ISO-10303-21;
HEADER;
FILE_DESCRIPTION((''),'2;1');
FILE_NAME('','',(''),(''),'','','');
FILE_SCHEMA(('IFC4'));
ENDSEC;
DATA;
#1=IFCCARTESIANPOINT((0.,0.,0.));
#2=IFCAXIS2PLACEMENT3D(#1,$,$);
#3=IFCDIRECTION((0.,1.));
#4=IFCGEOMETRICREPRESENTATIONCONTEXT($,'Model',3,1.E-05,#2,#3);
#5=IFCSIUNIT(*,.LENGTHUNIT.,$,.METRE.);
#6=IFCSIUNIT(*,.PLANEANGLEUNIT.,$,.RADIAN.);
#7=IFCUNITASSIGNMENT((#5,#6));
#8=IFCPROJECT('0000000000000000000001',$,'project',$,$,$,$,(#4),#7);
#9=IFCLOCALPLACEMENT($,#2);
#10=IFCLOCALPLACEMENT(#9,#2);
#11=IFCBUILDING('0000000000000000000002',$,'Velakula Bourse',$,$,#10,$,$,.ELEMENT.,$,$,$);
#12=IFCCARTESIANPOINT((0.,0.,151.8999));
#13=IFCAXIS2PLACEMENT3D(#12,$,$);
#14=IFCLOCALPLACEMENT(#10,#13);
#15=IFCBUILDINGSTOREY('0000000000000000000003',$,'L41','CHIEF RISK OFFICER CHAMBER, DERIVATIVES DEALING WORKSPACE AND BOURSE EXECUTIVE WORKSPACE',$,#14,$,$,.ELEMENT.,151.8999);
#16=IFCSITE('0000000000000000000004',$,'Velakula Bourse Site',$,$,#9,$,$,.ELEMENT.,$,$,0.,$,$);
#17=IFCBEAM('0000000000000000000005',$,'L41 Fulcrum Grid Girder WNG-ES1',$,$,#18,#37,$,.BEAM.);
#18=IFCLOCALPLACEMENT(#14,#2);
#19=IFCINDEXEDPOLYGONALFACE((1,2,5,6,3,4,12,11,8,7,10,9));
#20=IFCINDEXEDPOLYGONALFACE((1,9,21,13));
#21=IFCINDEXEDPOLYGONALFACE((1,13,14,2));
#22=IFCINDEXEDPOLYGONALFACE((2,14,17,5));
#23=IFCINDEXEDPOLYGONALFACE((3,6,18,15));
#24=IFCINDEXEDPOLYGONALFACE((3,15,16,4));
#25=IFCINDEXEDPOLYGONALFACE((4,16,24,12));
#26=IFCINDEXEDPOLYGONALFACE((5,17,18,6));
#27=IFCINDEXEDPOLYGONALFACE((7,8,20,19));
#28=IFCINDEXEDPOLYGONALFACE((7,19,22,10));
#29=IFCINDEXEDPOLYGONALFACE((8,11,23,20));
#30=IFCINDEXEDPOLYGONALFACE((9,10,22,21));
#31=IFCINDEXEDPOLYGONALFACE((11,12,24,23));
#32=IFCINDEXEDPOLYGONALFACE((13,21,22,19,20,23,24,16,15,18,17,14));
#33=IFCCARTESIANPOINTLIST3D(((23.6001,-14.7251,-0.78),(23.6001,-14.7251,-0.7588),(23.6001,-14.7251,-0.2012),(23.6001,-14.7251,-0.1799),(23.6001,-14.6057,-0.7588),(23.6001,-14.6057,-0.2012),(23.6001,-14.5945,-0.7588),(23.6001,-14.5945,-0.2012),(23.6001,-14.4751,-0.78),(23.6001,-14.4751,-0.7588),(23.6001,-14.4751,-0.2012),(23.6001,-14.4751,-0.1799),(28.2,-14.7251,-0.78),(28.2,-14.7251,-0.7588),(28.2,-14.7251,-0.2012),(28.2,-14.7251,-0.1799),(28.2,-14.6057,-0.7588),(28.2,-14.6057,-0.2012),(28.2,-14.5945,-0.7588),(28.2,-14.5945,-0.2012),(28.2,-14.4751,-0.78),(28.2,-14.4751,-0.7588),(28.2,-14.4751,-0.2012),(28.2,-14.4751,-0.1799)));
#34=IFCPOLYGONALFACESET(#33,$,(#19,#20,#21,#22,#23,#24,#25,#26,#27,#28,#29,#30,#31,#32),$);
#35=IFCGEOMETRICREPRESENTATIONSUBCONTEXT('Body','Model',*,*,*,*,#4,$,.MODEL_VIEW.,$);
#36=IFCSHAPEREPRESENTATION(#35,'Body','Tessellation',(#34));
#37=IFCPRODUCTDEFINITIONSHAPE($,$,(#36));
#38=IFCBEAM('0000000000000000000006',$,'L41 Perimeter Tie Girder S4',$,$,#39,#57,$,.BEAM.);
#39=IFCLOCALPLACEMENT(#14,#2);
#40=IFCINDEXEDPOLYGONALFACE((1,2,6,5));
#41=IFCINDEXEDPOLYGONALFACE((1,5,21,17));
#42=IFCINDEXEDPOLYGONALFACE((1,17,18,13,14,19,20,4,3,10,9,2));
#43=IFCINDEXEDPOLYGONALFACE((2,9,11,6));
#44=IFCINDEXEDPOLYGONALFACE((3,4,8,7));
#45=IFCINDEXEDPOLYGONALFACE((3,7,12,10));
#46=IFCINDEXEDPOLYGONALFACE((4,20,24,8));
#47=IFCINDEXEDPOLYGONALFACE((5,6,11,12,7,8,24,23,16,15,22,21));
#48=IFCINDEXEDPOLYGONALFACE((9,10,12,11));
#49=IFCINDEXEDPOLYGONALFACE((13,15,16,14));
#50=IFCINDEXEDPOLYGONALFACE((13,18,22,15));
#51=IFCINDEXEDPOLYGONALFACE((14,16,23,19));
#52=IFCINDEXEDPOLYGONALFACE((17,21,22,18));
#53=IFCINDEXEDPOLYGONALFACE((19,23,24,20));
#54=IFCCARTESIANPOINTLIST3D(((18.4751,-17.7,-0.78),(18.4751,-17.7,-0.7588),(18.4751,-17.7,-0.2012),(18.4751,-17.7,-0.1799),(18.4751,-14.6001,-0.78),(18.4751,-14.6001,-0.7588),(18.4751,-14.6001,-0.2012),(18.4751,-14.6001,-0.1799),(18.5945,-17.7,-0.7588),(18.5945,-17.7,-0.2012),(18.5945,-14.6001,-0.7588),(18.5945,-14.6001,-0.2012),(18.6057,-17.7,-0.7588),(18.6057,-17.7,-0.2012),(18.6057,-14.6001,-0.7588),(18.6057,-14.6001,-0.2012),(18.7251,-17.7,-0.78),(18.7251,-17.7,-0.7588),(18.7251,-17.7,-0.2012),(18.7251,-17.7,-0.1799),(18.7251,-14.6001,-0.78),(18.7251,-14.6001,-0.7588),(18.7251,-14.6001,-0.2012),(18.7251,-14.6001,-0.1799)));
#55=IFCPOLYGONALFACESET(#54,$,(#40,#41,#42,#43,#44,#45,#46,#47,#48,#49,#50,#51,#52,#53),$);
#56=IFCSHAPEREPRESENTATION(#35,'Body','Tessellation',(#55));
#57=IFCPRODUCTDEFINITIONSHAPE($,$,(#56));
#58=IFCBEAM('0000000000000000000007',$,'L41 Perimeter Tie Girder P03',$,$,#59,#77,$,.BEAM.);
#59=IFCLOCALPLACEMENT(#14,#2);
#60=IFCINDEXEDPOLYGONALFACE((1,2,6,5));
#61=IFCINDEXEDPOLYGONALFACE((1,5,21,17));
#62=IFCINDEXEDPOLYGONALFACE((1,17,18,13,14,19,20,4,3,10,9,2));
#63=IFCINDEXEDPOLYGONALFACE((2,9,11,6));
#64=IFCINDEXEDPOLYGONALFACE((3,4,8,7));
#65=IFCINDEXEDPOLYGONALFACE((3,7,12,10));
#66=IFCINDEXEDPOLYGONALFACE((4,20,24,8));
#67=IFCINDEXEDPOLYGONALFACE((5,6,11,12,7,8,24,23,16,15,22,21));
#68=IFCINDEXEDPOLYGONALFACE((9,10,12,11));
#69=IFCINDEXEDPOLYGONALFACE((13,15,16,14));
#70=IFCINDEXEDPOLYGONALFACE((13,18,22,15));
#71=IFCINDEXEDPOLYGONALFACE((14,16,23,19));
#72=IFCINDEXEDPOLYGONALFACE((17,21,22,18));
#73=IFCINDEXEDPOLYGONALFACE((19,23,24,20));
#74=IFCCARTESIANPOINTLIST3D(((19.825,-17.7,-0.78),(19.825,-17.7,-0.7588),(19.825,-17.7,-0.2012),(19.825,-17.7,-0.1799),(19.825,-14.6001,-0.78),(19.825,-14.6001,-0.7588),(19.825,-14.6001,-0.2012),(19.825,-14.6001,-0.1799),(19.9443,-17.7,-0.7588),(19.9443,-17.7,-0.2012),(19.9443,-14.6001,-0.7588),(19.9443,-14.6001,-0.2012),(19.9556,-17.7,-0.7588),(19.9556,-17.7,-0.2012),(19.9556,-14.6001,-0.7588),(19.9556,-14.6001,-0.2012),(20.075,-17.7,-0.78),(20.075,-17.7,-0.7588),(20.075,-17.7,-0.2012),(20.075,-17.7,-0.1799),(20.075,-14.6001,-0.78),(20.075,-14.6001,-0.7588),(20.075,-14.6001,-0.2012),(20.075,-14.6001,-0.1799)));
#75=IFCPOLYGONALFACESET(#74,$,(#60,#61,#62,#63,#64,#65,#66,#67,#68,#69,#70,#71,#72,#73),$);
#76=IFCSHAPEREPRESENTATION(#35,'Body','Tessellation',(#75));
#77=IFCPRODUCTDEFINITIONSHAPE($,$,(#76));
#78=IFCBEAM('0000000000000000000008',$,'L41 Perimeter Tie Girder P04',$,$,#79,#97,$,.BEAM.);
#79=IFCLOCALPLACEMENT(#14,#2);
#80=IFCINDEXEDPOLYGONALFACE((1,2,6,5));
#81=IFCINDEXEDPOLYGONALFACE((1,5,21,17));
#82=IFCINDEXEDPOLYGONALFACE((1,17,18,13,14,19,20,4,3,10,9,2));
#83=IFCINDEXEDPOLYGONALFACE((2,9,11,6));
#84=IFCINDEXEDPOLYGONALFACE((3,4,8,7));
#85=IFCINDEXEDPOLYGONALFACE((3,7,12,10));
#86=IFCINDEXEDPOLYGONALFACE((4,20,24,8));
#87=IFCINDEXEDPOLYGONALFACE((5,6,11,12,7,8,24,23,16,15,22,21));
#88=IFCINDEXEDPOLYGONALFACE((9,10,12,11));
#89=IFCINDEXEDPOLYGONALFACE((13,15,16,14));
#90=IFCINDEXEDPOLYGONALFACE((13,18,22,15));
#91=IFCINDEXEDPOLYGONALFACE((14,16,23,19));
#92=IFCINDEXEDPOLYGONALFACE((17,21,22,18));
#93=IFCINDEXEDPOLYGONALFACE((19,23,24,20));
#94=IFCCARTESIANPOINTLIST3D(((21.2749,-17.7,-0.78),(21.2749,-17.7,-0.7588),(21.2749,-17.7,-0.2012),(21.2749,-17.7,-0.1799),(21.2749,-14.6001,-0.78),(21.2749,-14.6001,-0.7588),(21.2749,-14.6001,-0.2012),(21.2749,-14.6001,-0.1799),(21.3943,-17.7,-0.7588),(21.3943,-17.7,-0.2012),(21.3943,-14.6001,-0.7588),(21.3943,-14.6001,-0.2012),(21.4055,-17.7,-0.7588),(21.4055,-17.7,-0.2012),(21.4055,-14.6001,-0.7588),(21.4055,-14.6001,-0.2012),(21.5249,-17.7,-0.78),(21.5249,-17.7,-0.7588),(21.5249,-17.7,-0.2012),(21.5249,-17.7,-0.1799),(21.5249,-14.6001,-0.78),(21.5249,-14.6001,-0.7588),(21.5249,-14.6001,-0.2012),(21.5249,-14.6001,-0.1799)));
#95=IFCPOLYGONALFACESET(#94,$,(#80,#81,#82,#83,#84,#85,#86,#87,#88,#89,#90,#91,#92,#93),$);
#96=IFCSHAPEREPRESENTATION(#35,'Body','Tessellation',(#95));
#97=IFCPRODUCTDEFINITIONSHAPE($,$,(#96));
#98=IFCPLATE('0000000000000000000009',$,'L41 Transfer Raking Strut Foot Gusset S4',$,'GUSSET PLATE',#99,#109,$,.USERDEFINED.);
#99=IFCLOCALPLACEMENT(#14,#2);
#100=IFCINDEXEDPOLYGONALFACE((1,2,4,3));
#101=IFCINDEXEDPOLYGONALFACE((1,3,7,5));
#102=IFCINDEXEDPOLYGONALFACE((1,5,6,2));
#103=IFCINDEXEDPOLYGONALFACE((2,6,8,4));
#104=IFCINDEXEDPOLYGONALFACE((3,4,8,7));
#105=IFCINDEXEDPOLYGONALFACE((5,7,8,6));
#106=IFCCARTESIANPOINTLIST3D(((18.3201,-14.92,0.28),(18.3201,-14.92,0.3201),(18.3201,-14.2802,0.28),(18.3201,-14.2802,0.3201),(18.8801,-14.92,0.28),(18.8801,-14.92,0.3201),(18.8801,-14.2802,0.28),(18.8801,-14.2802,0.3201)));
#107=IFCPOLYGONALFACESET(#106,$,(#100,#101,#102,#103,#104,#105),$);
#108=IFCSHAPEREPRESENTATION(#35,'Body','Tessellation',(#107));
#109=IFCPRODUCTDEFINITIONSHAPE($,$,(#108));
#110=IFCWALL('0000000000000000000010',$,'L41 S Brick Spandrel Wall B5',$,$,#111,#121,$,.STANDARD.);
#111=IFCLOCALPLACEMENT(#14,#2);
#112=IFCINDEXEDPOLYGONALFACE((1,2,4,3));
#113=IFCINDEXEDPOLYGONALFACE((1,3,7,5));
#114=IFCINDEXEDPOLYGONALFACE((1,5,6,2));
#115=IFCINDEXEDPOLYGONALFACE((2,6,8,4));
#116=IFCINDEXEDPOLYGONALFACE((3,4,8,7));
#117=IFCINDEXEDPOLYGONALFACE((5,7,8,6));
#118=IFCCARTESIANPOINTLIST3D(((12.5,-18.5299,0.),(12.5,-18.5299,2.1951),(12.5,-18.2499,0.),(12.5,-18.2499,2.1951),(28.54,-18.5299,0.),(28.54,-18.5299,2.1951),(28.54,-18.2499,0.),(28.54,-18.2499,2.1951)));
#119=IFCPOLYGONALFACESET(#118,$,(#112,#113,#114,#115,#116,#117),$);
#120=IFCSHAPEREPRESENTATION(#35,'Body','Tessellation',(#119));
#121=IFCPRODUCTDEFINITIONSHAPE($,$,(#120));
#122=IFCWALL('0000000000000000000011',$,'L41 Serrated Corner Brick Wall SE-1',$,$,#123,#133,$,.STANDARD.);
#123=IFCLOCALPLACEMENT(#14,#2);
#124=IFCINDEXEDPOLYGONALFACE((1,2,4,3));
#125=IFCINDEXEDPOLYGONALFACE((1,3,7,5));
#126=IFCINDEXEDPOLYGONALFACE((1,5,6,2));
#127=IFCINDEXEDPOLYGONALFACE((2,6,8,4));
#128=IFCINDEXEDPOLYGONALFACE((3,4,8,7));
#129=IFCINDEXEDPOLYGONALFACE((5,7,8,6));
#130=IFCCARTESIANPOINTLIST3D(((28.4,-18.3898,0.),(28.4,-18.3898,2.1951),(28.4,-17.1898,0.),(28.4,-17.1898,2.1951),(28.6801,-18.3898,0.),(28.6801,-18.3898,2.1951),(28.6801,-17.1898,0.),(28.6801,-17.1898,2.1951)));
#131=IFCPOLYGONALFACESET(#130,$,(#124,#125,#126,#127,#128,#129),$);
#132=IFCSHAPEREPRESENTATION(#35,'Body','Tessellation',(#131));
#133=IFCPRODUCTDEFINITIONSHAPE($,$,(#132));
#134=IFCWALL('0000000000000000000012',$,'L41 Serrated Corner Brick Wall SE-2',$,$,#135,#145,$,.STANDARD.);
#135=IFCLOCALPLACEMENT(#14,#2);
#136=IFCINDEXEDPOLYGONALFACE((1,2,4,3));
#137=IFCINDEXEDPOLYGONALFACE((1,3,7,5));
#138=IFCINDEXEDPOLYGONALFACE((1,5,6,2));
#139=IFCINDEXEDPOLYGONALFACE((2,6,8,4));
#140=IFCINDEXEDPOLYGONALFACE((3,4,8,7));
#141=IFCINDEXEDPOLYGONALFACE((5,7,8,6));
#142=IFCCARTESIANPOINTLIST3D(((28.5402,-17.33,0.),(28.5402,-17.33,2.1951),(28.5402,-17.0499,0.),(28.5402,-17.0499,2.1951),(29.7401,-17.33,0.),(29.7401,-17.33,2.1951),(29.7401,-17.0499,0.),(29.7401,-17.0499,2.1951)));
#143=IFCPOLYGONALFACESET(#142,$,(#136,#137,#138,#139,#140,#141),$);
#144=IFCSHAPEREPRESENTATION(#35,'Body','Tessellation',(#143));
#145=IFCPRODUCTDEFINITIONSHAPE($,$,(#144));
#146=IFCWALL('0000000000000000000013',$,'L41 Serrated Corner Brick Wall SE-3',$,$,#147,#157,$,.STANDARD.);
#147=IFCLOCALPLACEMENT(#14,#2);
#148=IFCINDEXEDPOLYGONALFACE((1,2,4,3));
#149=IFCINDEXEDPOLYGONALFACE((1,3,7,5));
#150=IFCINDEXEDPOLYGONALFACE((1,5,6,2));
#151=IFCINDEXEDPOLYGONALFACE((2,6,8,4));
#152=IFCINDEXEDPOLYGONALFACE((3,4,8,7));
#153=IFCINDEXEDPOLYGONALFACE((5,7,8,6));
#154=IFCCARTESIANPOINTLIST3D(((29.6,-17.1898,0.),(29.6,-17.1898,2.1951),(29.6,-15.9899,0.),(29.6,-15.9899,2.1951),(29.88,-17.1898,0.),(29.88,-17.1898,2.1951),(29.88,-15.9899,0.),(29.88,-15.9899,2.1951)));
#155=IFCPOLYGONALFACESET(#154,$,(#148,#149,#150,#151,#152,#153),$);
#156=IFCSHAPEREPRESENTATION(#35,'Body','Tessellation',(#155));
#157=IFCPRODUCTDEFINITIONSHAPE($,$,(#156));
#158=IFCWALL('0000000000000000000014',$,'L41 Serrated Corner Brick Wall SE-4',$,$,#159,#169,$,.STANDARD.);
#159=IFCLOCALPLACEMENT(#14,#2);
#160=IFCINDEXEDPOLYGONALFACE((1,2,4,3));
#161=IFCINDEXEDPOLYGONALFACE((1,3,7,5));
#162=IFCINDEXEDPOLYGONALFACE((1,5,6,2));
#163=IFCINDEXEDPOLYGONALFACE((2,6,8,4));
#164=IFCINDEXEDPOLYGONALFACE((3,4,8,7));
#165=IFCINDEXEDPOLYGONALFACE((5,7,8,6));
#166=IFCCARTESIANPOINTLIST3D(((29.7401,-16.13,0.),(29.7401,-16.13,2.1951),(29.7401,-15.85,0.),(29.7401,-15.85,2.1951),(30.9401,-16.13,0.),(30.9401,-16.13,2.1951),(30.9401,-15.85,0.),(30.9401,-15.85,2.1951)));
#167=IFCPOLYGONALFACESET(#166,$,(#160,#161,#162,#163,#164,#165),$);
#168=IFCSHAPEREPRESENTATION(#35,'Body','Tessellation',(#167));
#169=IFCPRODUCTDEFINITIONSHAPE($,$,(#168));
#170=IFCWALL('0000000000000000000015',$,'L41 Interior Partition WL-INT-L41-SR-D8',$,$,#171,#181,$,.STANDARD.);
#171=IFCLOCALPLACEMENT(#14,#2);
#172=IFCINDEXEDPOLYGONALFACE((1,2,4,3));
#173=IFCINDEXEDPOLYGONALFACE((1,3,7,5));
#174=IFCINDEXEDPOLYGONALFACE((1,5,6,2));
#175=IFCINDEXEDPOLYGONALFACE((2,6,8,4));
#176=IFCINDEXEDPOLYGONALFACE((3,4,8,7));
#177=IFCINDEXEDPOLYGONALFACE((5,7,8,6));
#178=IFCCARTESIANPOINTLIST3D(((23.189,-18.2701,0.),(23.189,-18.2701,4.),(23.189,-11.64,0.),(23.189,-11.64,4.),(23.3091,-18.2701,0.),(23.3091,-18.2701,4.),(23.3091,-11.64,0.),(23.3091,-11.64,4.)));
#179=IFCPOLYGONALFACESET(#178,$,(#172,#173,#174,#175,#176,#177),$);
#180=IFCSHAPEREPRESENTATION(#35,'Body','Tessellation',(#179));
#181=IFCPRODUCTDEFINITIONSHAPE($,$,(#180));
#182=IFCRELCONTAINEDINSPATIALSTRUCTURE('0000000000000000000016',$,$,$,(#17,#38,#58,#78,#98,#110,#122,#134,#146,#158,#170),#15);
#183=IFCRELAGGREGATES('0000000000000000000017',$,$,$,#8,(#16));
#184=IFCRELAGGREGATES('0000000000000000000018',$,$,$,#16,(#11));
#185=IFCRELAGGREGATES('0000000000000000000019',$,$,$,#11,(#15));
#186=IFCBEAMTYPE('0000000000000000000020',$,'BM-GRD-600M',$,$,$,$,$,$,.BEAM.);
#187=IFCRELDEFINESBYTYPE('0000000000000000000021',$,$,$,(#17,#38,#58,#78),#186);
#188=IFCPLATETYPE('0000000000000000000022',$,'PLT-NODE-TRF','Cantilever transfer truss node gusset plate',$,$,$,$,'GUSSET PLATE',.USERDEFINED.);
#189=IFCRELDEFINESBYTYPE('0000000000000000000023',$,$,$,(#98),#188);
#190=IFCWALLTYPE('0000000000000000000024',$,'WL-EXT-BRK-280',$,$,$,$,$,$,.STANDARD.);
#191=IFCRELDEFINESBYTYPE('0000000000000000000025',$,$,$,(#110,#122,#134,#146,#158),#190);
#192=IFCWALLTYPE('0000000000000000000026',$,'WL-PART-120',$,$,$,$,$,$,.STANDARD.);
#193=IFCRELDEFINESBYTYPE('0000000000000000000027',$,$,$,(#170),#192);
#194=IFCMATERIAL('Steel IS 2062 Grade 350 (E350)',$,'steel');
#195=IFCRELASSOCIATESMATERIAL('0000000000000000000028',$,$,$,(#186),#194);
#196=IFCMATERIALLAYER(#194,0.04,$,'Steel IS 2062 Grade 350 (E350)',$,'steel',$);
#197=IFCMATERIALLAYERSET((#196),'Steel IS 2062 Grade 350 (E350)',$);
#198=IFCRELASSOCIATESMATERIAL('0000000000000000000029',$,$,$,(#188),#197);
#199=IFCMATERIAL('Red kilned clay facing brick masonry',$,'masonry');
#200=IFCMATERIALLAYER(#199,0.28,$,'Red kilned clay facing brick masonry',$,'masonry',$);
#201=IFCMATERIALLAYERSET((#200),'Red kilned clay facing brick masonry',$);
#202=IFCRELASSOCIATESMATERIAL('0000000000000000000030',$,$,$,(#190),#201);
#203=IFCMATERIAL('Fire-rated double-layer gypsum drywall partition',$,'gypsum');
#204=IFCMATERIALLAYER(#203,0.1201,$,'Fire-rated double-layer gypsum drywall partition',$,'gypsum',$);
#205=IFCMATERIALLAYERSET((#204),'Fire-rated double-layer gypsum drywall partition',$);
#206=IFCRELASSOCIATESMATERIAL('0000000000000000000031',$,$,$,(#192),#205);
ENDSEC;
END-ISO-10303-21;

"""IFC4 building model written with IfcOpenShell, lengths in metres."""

from ifc_helpers import new_model, si_unit, direction, frame, frame_2d, origin, origin_2d, place, context, subcontext, project, spatial, rectangle, i_section, extrude, material, layer, layer_set, material_profile, profile_set, type_object, element, save


model = new_model("IFC4")

# Units and contexts
model_context = context("Model", 3, precision=1e-05, world=origin(), true_north=direction((0.0, 1.0)))
body_context = subcontext(model_context, "Body", "Model", "MODEL_VIEW")
ifc_project = project(units=[si_unit("LENGTHUNIT", "METRE"), si_unit("PLANEANGLEUNIT", "RADIAN")], contexts=[model_context])

# Site, building, storey
site_placement = place(None, origin())
site = spatial("IfcSite", under=ifc_project, at=site_placement, Name="Velakula Bourse Site", CompositionType="ELEMENT", RefElevation=0.0)
building_placement = place(site_placement, origin())
building = spatial("IfcBuilding", under=site, at=building_placement, Name="Velakula Bourse", CompositionType="ELEMENT")
storey_placement = place(building_placement, frame((0.0, 0.0, 151.8999)))
storey = spatial("IfcBuildingStorey", under=building, at=storey_placement, Name="L41", Description="CHIEF RISK OFFICER CHAMBER, DERIVATIVES DEALING WORKSPACE AND BOURSE EXECUTIVE WORKSPACE", CompositionType="ELEMENT", Elevation=151.8999)

# Shared definitions
ifc_material_1 = material(Name="Steel IS 2062 Grade 350 (E350)", Category="steel")

# Beams
ifc_material_profile_1 = material_profile(ifc_material_1, i_section(OverallWidth=0.25, OverallDepth=0.6001, WebThickness=0.0112, FlangeThickness=0.0212, at=origin_2d()), Name="Steel IS 2062 Grade 350 (E350)")
ifc_profile_set_1 = profile_set([ifc_material_profile_1], Name="Steel IS 2062 Grade 350 (E350)")
beam_type = type_object("IfcBeamType", Name="BM-GRD-600M", PredefinedType="BEAM", material=ifc_profile_set_1)
beam_1_placement = place(storey_placement, frame((23.6001, -14.6001, -0.48), z_axis=(1.0, 0.0, 0.0), x_axis=(0.0, 1.0, 0.0)))
element("IfcBeam", 1, at=beam_1_placement, inside=storey, type_object=beam_type, Name="L41 Fulcrum Grid Girder WNG-ES1", PredefinedType="BEAM", context=body_context, shape_type="SweptSolid", body=[
    extrude(i_section(OverallWidth=0.25, OverallDepth=0.6001, WebThickness=0.0112, FlangeThickness=0.0212, at=origin_2d()), origin(), (0.0, 0.0, 1.0), 4.5999),
])
for number, where, z_axis, x_axis, name in (
    (2, (18.6001, -14.6001, -0.48), (0.0, -1.0, 0.0), (1.0, 0.0, 0.0), "L41 Perimeter Tie Girder S4"),
    (3, (19.95, -14.6001, -0.48), (0.0, -1.0, 0.0), (1.0, 0.0, 0.0), "L41 Perimeter Tie Girder P03"),
    (4, (21.3999, -14.6001, -0.48), (0.0, -1.0, 0.0), (1.0, 0.0, 0.0), "L41 Perimeter Tie Girder P04"),
):
    element("IfcBeam", number, at=place(storey_placement, frame(where, z_axis=z_axis, x_axis=x_axis)), inside=storey, type_object=beam_type, Name=name, PredefinedType="BEAM", context=body_context, shape_type="SweptSolid", body=[
        extrude(i_section(OverallWidth=0.25, OverallDepth=0.6001, WebThickness=0.0112, FlangeThickness=0.0212, at=origin_2d()), origin(), (0.0, 0.0, 1.0), 3.0999),
    ])

# Plate
ifc_layer_1 = layer(ifc_material_1, 0.04, Name="Steel IS 2062 Grade 350 (E350)", Category="steel")
ifc_layer_set_1 = layer_set([ifc_layer_1], Name="Steel IS 2062 Grade 350 (E350)")
plate_type = type_object("IfcPlateType", Name="PLT-NODE-TRF", Description="Cantilever transfer truss node gusset plate", ElementType="GUSSET PLATE", PredefinedType="USERDEFINED", material=ifc_layer_set_1)
plate_placement = place(storey_placement, frame((18.6001, -14.6001, 0.28), z_axis=(0.0, 0.0, 1.0), x_axis=(0.0, -1.0, 0.0)))
element("IfcPlate", 5, at=plate_placement, inside=storey, type_object=plate_type, Name="L41 Transfer Raking Strut Foot Gusset S4", ObjectType="GUSSET PLATE", PredefinedType="USERDEFINED", context=body_context, shape_type="SweptSolid", body=[
    extrude(rectangle(XDim=0.6399, YDim=0.5601, at=origin_2d()), origin(), (0.0, 0.0, 1.0), 0.04),
])

# Walls
ifc_material_2 = material(Name="Red kilned clay facing brick masonry", Category="masonry")
ifc_layer_2 = layer(ifc_material_2, 0.28, Name="Red kilned clay facing brick masonry", Category="masonry")
ifc_layer_set_2 = layer_set([ifc_layer_2], Name="Red kilned clay facing brick masonry")
wall_type_1 = type_object("IfcWallType", Name="WL-EXT-BRK-280", PredefinedType="STANDARD", material=ifc_layer_set_2)
wall_1_placement = place(storey_placement, frame((28.54, -18.3899, 0.0), z_axis=(0.0, 0.0, 1.0), x_axis=(-1.0, 0.0, 0.0)))
element("IfcWall", 6, at=wall_1_placement, inside=storey, type_object=wall_type_1, Name="L41 S Brick Spandrel Wall B5", PredefinedType="STANDARD", context=body_context, shape_type="SweptSolid", body=[
    extrude(rectangle(XDim=16.04, YDim=0.28, at=frame_2d((8.02, 0.0))), origin(), (0.0, 0.0, 1.0), 2.1951),
])
for number, where, z_axis, x_axis, name in (
    (7, (28.54, -18.3899, 0.0), (0.0, 0.0, 1.0), (0.0, 1.0, 0.0), "L41 Serrated Corner Brick Wall SE-1"),
    (8, (28.54, -17.1899, 0.0), (0.0, 0.0, 1.0), (1.0, 0.0, 0.0), "L41 Serrated Corner Brick Wall SE-2"),
    (9, (29.74, -17.1899, 0.0), (0.0, 0.0, 1.0), (0.0, 1.0, 0.0), "L41 Serrated Corner Brick Wall SE-3"),
    (10, (29.74, -15.99, 0.0), (0.0, 0.0, 1.0), (1.0, 0.0, 0.0), "L41 Serrated Corner Brick Wall SE-4"),
):
    element("IfcWall", number, at=place(storey_placement, frame(where, z_axis=z_axis, x_axis=x_axis)), inside=storey, type_object=wall_type_1, Name=name, PredefinedType="STANDARD", context=body_context, shape_type="SweptSolid", body=[
        extrude(rectangle(XDim=1.2, YDim=0.28, at=frame_2d((0.6001, 0.0))), origin(), (0.0, 0.0, 1.0), 2.1951),
    ])
ifc_material_3 = material(Name="Fire-rated double-layer gypsum drywall partition", Category="gypsum")
ifc_layer_3 = layer(ifc_material_3, 0.1201, Name="Fire-rated double-layer gypsum drywall partition", Category="gypsum")
ifc_layer_set_3 = layer_set([ifc_layer_3], Name="Fire-rated double-layer gypsum drywall partition")
wall_type_2 = type_object("IfcWallType", Name="WL-PART-120", PredefinedType="STANDARD", material=ifc_layer_set_3)
wall_2_placement = place(storey_placement, frame((23.249, -18.27, 0.0), z_axis=(0.0, 0.0, 1.0), x_axis=(0.0, 1.0, 0.0)))
element("IfcWall", 11, at=wall_2_placement, inside=storey, type_object=wall_type_2, Name="L41 Interior Partition WL-INT-L41-SR-D8", PredefinedType="STANDARD", context=body_context, shape_type="SweptSolid", body=[
    extrude(rectangle(XDim=6.6301, YDim=0.1201, at=frame_2d((3.3149, 0.0))), origin(), (0.0, 0.0, 1.0), 4.0),
])

save(model, "model.ifc")
